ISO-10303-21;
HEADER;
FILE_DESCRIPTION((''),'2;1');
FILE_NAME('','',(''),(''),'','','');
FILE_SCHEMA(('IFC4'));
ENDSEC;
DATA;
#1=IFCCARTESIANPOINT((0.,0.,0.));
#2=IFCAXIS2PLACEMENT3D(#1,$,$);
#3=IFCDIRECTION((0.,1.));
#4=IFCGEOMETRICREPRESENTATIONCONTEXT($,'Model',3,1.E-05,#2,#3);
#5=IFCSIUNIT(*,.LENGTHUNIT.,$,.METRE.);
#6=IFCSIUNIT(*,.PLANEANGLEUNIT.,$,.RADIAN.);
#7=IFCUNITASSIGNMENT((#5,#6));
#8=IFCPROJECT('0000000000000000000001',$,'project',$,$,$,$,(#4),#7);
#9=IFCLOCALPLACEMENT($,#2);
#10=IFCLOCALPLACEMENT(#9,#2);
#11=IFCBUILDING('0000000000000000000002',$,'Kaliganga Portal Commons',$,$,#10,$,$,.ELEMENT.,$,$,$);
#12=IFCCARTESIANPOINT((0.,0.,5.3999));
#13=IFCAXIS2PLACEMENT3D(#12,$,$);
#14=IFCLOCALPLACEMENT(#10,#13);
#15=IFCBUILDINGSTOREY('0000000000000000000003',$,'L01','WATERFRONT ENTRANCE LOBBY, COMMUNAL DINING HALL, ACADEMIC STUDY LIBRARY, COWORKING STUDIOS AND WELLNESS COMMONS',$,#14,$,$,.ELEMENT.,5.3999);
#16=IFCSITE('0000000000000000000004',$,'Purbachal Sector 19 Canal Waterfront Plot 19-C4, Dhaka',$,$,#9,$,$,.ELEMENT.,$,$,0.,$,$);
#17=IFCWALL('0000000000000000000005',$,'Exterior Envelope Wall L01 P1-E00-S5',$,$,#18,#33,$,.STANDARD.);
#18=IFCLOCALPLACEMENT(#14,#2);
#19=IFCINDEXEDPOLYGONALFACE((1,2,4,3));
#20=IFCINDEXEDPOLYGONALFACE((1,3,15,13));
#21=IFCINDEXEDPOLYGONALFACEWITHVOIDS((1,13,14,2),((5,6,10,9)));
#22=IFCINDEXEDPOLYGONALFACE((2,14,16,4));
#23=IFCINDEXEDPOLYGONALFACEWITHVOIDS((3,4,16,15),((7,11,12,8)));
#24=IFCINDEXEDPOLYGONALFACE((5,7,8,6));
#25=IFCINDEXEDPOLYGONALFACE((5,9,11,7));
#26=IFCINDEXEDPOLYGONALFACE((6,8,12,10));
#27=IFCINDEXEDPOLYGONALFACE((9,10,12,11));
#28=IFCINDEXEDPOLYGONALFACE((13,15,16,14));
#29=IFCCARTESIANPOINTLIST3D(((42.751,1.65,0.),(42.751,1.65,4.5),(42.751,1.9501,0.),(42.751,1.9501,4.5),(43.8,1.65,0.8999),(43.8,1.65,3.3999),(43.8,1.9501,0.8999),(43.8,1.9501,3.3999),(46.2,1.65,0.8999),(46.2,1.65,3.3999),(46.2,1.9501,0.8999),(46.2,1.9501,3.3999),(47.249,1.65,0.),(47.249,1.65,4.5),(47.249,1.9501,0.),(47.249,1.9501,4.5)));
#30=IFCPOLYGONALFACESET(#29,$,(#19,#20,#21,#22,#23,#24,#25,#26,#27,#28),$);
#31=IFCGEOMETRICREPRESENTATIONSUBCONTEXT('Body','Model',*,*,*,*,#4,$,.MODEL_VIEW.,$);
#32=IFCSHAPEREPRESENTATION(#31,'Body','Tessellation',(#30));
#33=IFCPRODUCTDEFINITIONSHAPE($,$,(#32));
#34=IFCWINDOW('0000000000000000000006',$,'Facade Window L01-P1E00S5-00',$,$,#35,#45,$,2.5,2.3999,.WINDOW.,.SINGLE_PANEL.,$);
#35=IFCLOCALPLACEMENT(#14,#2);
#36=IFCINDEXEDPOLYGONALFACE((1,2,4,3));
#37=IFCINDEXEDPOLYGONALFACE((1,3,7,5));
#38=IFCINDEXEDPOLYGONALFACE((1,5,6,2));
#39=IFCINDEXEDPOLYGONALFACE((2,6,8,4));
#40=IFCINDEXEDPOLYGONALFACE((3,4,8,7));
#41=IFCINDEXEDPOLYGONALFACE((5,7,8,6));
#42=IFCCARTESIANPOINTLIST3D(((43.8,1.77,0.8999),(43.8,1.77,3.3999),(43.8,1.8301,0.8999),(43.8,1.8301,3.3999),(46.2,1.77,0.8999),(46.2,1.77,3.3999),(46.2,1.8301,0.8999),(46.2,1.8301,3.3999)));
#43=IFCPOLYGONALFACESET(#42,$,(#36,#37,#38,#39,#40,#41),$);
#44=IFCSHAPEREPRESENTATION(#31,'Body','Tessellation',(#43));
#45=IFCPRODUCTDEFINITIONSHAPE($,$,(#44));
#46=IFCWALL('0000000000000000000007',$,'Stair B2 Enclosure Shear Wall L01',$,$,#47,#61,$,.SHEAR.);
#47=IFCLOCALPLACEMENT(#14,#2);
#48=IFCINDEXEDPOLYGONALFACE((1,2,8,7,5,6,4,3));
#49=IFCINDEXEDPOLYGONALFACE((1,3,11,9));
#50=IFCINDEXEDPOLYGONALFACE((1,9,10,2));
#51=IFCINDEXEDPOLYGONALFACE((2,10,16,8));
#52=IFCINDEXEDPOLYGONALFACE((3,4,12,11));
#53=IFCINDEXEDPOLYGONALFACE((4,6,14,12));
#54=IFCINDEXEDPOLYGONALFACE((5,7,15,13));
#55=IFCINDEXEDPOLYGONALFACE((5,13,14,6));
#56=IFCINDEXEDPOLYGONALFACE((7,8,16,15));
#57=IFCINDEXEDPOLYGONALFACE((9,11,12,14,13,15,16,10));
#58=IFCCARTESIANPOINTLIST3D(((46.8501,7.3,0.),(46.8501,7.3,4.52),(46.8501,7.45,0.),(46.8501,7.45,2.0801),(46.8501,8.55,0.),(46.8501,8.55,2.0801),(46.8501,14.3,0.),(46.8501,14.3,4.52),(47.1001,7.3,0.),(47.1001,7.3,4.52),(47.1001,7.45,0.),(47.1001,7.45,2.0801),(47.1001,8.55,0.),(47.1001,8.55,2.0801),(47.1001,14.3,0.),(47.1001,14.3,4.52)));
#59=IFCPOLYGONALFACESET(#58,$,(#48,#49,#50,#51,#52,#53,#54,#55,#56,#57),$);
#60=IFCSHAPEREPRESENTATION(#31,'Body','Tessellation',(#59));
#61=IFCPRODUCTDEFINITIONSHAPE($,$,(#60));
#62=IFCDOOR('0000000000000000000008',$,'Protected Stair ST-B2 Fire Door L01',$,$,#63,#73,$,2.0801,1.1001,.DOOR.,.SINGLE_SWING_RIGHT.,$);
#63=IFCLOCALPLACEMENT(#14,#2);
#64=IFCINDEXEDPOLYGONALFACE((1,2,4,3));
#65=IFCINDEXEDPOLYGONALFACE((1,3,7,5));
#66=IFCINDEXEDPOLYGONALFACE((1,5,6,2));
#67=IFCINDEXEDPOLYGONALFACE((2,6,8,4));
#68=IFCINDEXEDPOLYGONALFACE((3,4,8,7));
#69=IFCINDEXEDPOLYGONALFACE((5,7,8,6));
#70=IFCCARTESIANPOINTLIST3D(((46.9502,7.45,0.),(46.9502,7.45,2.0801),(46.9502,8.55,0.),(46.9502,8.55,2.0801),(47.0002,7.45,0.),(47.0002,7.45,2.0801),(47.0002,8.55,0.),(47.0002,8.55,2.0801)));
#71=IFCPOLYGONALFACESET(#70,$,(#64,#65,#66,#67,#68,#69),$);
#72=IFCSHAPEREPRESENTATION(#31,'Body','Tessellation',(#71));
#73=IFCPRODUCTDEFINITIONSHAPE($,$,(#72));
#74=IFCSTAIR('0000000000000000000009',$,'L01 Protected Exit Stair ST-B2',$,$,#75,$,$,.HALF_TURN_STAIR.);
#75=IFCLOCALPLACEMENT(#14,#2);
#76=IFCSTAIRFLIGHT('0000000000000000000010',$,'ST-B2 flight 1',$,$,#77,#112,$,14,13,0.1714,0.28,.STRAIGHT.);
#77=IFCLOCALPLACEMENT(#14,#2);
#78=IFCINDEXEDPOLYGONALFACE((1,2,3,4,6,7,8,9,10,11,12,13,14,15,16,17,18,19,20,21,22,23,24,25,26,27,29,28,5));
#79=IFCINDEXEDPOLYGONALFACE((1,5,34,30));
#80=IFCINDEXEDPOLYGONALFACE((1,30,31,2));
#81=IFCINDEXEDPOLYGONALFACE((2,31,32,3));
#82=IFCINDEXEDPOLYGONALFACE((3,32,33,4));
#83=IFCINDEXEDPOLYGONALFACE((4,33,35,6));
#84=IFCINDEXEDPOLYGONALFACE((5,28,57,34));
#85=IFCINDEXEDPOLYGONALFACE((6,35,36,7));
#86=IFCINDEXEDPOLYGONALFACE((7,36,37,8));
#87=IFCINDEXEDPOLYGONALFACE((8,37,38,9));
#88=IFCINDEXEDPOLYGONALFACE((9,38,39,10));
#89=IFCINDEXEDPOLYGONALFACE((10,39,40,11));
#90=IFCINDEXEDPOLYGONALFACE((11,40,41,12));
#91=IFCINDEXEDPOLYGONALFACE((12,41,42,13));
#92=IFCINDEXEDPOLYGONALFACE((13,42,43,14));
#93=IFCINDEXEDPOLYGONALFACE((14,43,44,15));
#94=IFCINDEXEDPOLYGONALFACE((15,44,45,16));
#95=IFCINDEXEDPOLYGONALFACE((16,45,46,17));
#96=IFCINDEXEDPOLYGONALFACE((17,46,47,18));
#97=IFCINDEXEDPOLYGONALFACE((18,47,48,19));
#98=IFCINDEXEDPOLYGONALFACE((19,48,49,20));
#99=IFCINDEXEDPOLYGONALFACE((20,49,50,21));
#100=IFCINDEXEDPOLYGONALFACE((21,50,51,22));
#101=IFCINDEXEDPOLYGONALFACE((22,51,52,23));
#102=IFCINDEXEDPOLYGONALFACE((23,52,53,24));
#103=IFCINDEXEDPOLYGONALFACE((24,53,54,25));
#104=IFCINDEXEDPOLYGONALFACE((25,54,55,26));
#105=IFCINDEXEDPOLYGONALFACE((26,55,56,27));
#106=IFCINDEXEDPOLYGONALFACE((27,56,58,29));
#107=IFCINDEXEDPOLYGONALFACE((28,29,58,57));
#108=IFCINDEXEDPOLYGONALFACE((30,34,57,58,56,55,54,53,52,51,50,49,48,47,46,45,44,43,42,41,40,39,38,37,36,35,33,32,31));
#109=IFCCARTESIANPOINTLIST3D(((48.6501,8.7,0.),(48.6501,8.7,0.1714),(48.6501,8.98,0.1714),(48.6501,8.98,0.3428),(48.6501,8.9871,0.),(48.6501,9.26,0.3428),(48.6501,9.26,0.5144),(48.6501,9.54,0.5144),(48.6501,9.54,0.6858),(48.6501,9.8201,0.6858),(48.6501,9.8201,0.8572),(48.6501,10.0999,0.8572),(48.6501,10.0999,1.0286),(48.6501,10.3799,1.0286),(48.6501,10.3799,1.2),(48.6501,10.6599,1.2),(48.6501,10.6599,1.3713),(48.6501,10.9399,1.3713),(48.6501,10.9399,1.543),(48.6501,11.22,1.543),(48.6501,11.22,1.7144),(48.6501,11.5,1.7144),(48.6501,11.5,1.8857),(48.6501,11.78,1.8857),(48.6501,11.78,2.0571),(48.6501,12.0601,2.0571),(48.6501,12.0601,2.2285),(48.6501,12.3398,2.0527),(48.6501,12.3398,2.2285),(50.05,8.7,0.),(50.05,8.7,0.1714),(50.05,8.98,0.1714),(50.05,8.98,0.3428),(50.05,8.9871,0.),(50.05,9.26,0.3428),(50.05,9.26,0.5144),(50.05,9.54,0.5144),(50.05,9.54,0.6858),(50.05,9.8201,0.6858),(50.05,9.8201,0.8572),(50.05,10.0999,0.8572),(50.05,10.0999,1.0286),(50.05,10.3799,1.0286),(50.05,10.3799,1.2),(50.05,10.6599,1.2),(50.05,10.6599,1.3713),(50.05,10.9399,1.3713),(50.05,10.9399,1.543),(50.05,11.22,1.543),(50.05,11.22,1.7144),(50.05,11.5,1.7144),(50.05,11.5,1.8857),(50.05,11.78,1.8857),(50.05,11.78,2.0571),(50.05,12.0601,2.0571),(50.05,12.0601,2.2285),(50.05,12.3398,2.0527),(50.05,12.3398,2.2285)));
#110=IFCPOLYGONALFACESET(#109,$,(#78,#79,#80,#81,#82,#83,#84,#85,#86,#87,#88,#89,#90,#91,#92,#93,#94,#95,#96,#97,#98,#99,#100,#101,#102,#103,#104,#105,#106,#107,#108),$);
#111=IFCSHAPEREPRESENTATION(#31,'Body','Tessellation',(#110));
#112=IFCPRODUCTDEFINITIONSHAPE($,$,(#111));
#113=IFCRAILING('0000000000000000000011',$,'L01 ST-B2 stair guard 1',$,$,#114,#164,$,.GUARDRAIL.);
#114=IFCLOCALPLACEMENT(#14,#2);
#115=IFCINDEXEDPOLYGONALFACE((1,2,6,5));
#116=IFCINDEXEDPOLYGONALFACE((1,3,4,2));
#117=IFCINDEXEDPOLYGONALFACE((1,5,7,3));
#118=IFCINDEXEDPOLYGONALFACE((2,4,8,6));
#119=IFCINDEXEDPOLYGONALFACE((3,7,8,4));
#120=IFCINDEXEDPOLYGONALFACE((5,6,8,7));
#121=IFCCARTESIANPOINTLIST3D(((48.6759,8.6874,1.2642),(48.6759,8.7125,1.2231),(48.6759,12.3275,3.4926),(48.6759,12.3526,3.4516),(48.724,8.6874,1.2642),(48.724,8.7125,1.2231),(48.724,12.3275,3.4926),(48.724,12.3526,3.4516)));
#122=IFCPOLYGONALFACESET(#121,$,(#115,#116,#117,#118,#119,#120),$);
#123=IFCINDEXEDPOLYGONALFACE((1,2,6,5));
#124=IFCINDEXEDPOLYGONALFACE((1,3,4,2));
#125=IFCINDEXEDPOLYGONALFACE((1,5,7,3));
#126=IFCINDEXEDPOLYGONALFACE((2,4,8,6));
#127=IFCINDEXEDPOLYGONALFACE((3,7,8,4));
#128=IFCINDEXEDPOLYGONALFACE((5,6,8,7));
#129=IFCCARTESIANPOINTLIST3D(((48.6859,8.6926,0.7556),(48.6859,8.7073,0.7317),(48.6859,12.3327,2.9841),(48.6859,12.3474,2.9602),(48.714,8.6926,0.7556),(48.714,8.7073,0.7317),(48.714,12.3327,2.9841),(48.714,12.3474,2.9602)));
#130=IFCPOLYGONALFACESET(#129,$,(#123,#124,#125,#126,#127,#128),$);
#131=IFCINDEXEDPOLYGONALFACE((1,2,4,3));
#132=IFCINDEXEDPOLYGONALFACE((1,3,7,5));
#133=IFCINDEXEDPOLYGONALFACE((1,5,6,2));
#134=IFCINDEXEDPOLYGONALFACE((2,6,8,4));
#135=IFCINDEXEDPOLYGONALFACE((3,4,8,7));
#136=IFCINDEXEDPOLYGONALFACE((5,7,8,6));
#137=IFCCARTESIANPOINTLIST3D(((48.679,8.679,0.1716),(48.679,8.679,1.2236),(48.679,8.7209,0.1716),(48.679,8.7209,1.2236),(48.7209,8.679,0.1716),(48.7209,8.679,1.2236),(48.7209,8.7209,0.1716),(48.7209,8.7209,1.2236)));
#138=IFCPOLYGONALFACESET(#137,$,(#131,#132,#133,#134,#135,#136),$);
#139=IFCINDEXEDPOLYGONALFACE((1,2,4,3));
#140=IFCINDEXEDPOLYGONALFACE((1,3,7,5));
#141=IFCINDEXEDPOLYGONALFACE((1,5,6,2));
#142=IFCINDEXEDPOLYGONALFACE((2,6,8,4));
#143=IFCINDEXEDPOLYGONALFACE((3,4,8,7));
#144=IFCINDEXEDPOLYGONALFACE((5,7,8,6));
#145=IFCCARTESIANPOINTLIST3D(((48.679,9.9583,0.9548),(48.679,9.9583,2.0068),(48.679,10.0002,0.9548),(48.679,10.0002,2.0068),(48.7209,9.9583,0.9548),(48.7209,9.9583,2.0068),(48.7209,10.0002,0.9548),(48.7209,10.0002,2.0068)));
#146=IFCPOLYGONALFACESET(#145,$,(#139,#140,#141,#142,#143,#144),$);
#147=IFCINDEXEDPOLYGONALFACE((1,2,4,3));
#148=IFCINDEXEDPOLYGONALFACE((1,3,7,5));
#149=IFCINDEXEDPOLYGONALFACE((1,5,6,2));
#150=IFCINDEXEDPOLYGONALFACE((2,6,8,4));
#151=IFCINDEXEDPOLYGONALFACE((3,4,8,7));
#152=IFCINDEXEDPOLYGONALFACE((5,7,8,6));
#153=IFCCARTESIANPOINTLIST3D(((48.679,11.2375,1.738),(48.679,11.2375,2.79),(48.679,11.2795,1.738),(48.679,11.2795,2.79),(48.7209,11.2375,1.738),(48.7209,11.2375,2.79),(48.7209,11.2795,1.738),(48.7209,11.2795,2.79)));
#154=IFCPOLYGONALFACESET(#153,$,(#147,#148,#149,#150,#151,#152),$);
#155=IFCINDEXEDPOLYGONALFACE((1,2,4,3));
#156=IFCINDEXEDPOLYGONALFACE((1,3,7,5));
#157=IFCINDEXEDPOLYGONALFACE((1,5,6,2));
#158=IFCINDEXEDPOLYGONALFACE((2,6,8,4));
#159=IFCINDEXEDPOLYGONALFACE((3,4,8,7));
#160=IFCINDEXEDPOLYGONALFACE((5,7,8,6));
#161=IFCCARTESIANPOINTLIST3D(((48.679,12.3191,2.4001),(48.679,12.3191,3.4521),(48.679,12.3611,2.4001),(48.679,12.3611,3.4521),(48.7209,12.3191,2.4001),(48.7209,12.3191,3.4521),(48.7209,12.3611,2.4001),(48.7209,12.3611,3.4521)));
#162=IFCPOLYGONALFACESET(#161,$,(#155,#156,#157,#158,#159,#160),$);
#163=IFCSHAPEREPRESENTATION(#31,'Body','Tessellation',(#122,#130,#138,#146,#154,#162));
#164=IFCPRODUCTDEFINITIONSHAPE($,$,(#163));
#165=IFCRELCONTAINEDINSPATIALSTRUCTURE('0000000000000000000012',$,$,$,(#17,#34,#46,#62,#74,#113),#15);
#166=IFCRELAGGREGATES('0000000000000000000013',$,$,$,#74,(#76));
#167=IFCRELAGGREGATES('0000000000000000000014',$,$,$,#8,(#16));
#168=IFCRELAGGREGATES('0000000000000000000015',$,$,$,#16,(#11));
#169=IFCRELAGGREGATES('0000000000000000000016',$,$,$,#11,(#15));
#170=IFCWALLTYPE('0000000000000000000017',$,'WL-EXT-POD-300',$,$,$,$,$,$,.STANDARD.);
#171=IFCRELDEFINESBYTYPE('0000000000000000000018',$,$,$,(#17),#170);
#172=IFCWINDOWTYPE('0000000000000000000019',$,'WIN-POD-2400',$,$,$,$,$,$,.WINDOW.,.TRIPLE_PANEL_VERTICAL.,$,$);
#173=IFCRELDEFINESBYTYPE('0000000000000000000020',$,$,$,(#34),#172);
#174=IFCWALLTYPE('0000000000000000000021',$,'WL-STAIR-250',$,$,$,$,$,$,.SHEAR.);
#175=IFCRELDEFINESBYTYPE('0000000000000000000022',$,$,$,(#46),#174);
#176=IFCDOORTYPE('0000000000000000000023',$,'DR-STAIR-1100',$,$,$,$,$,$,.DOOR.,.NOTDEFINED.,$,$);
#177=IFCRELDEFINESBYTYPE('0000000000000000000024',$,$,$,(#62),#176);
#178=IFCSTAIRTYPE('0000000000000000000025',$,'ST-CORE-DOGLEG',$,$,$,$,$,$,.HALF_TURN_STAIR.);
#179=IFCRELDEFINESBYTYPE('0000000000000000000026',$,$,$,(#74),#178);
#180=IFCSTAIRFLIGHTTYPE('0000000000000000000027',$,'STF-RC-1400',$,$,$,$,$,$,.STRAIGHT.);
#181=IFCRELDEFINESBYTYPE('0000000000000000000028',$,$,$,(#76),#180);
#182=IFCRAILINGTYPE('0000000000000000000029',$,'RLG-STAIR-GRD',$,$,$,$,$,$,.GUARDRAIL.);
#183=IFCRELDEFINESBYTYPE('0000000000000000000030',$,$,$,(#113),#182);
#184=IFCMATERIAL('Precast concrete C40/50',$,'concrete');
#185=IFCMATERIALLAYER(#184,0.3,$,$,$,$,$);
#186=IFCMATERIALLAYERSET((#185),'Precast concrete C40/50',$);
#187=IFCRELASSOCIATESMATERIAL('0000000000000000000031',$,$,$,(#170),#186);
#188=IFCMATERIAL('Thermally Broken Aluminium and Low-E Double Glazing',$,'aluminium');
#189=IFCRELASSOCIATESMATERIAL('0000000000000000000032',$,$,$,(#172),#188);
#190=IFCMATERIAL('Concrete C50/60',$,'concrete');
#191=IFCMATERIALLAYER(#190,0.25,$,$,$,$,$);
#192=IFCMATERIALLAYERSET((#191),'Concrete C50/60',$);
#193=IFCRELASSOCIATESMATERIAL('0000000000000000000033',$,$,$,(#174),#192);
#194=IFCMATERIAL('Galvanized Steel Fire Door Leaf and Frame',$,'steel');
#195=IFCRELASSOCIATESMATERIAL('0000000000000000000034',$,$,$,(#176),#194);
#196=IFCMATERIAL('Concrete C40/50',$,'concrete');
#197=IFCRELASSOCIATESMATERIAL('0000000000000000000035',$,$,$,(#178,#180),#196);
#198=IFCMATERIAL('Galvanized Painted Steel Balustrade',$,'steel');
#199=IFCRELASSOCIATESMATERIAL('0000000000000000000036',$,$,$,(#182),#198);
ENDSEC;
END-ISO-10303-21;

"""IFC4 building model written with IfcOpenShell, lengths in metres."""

from ifc_helpers import new_model, si_unit, direction, frame, frame_2d, origin, origin_2d, place, context, subcontext, project, spatial, polyline, rectangle, outline, extrude, material, layer, layer_set, type_object, element, fill, aggregate, save


model = new_model("IFC4")

# Units and contexts
model_context = context("Model", 3, precision=1e-05, world=origin(), true_north=direction((0.0, 1.0)))
body_context = subcontext(model_context, "Body", "Model", "MODEL_VIEW")
ifc_project = project(units=[si_unit("LENGTHUNIT", "METRE"), si_unit("PLANEANGLEUNIT", "RADIAN")], contexts=[model_context])

# Site, building, storey
site_placement = place(None, origin())
site = spatial("IfcSite", under=ifc_project, at=site_placement, Name="Purbachal Sector 19 Canal Waterfront Plot 19-C4, Dhaka", CompositionType="ELEMENT", RefElevation=0.0)
building_placement = place(site_placement, origin())
building = spatial("IfcBuilding", under=site, at=building_placement, Name="Kaliganga Portal Commons", CompositionType="ELEMENT")
storey_placement = place(building_placement, frame((0.0, 0.0, 5.3999)))
storey = spatial("IfcBuildingStorey", under=building, at=storey_placement, Name="L01", Description="WATERFRONT ENTRANCE LOBBY, COMMUNAL DINING HALL, ACADEMIC STUDY LIBRARY, COWORKING STUDIOS AND WELLNESS COMMONS", CompositionType="ELEMENT", Elevation=5.3999)

# Wall, opening, window
ifc_material_1 = material(Name="Precast concrete C40/50", Category="concrete")
ifc_layer_1 = layer(ifc_material_1, 0.3)
ifc_layer_set_1 = layer_set([ifc_layer_1], Name="Precast concrete C40/50")
wall_type_1 = type_object("IfcWallType", Name="WL-EXT-POD-300", PredefinedType="STANDARD", material=ifc_layer_set_1)
wall_1_placement = place(storey_placement, frame((47.249, 1.8, 0.0), z_axis=(0.0, 0.0, 1.0), x_axis=(-1.0, 0.0, 0.0)))
wall_1 = element("IfcWall", 1, at=wall_1_placement, inside=storey, type_object=wall_type_1, Name="Exterior Envelope Wall L01 P1-E00-S5", PredefinedType="STANDARD", context=body_context, shape_type="SweptSolid", body=[
    extrude(rectangle(XDim=4.498, YDim=0.3, at=frame_2d((2.249, 0.0))), origin(), (0.0, 0.0, 1.0), 4.5),
])
opening_1_placement = place(wall_1_placement, frame((1.0491, 0.0, 0.8999)))
opening_1 = element("IfcOpeningElement", 2, at=opening_1_placement, cuts=wall_1, PredefinedType="OPENING", context=body_context, shape_type="SweptSolid", body=[
    extrude(rectangle(XDim=2.3999, YDim=2.5, at=frame_2d((1.2, 1.25))), frame((0.0, 0.1602, 0.0), z_axis=(0.0, -1.0, 0.0), x_axis=(1.0, 0.0, 0.0)), (0.0, 0.0, 1.0), 0.3201),
])
ifc_material_2 = material(Name="Thermally Broken Aluminium and Low-E Double Glazing", Category="aluminium")
window_type = type_object("IfcWindowType", Name="WIN-POD-2400", PartitioningType="TRIPLE_PANEL_VERTICAL", PredefinedType="WINDOW", material=ifc_material_2)
window_placement = place(opening_1_placement, origin())
window = element("IfcWindow", 3, at=window_placement, inside=storey, type_object=window_type, Name="Facade Window L01-P1E00S5-00", OverallHeight=2.5, OverallWidth=2.3999, PartitioningType="SINGLE_PANEL", PredefinedType="WINDOW", context=body_context, shape_type="SweptSolid", body=[
    extrude(rectangle(XDim=2.3999, YDim=2.5, at=frame_2d((1.2, 1.25))), frame((0.0, 0.03, 0.0), z_axis=(0.0, -1.0, 0.0), x_axis=(1.0, 0.0, 0.0)), (0.0, 0.0, 1.0), 0.0601),
])
fill(opening_1, window)

# Wall, opening, door
ifc_material_3 = material(Name="Concrete C50/60", Category="concrete")
ifc_layer_2 = layer(ifc_material_3, 0.25)
ifc_layer_set_2 = layer_set([ifc_layer_2], Name="Concrete C50/60")
wall_type_2 = type_object("IfcWallType", Name="WL-STAIR-250", PredefinedType="SHEAR", material=ifc_layer_set_2)
wall_2_placement = place(storey_placement, frame((46.9751, 7.3, 0.0), z_axis=(0.0, 0.0, 1.0), x_axis=(0.0, 1.0, 0.0)))
wall_2 = element("IfcWall", 4, at=wall_2_placement, inside=storey, type_object=wall_type_2, Name="Stair B2 Enclosure Shear Wall L01", PredefinedType="SHEAR", context=body_context, shape_type="SweptSolid", body=[
    extrude(rectangle(XDim=7.0, YDim=0.25, at=frame_2d((3.5, 0.0))), origin(), (0.0, 0.0, 1.0), 4.52),
])
opening_2_placement = place(wall_2_placement, frame((0.1499, 0.0, 0.0)))
opening_2 = element("IfcOpeningElement", 5, at=opening_2_placement, cuts=wall_2, PredefinedType="OPENING", context=body_context, shape_type="SweptSolid", body=[
    extrude(rectangle(XDim=1.1001, YDim=2.0801, at=frame_2d((0.55, 1.04))), frame((0.0, 0.135, 0.0), z_axis=(0.0, -1.0, 0.0), x_axis=(1.0, 0.0, 0.0)), (0.0, 0.0, 1.0), 0.27),
])
ifc_material_4 = material(Name="Galvanized Steel Fire Door Leaf and Frame", Category="steel")
door_type_1 = type_object("IfcDoorType", Name="DR-STAIR-1100", OperationType="NOTDEFINED", PredefinedType="DOOR", material=ifc_material_4)
door_1_placement = place(opening_2_placement, origin())
door_1 = element("IfcDoor", 6, at=door_1_placement, inside=storey, type_object=door_type_1, Name="Protected Stair ST-B2 Fire Door L01", OperationType="SINGLE_SWING_RIGHT", OverallHeight=2.0801, OverallWidth=1.1001, PredefinedType="DOOR", context=body_context, shape_type="SweptSolid", body=[
    extrude(rectangle(XDim=1.1001, YDim=2.0801, at=frame_2d((0.55, 1.04))), frame((0.0, 0.0249, 0.0), z_axis=(0.0, -1.0, 0.0), x_axis=(1.0, 0.0, 0.0)), (0.0, 0.0, 1.0), 0.05),
])
fill(opening_2, door_1)

# Stair, stair flight
ifc_material_5 = material(Name="Concrete C40/50", Category="concrete")
stair_type = type_object("IfcStairType", Name="ST-CORE-DOGLEG", PredefinedType="HALF_TURN_STAIR", material=ifc_material_5)
stair_placement = place(storey_placement, origin())
stair = element("IfcStair", 7, at=stair_placement, inside=storey, type_object=stair_type, Name="L01 Protected Exit Stair ST-B2", PredefinedType="HALF_TURN_STAIR")
stair_flight_type = type_object("IfcStairFlightType", Name="STF-RC-1400", PredefinedType="STRAIGHT", material=ifc_material_5)
stair_flight_placement = place(storey_placement, frame((49.3501, 8.7, 0.0), z_axis=(0.0, 0.0, 1.0), x_axis=(0.0, 1.0, 0.0)))
stair_flight = element("IfcStairFlight", 8, at=stair_flight_placement, type_object=stair_flight_type, Name="ST-B2 flight 1", NumberOfRisers=14, NumberOfTreads=13, PredefinedType="STRAIGHT", RiserHeight=0.1714, TreadLength=0.28, context=body_context, shape_type="SweptSolid", body=[
    extrude(outline(polyline([(0.0, 0.0), (0.0, 0.1714), (0.28, 0.1714), (0.28, 0.3428), (0.5601, 0.3428), (0.5601, 0.5144), (0.8401, 0.5144), (0.8401, 0.6858), (1.1201, 0.6858), (1.1201, 0.8572), (1.3999, 0.8572), (1.3999, 1.0286), (1.6799, 1.0286), (1.6799, 1.2), (1.96, 1.2), (1.96, 1.3713), (2.24, 1.3713), (2.24, 1.543), (2.52, 1.543), (2.52, 1.7144), (2.8, 1.7144), (2.8, 1.8857), (3.0801, 1.8857), (3.0801, 2.0571), (3.3601, 2.0571), (3.3601, 2.2285), (3.6399, 2.2285), (3.6399, 2.3999), (3.6399, 2.0527), (0.2871, 0.0), (0.0, 0.0)])), frame((0.0, 0.7, 0.0), z_axis=(0.0, -1.0, 0.0), x_axis=(1.0, 0.0, 0.0)), (0.0, 0.0, 1.0), 1.3999),
])
aggregate(stair, [stair_flight])

# Railing
ifc_material_6 = material(Name="Galvanized Painted Steel Balustrade", Category="steel")
railing_type_1 = type_object("IfcRailingType", Name="RLG-STAIR-GRD", PredefinedType="GUARDRAIL", material=ifc_material_6)
railing_1_placement = place(storey_placement, frame((48.7, 8.7, 0.1716)))
element("IfcRailing", 9, at=railing_1_placement, inside=storey, type_object=railing_type_1, Name="L01 ST-B2 stair guard 1", PredefinedType="GUARDRAIL", context=body_context, shape_type="SweptSolid", body=[
    extrude(rectangle(XDim=0.0481, YDim=0.0481, at=origin_2d()), frame((0.0, 0.0, 1.072), z_axis=(0.0, 0.852866, 0.52213), x_axis=(-1.0, 0.0, 0.0)), (0.0, 0.0, 1.0), 4.2681),
    extrude(rectangle(XDim=0.0281, YDim=0.0281, at=origin_2d()), frame((0.0, 0.0, 0.572), z_axis=(0.0, 0.852866, 0.52213), x_axis=(-1.0, 0.0, 0.0)), (0.0, 0.0, 1.0), 4.2681),
    extrude(rectangle(XDim=0.042, YDim=0.042, at=origin_2d()), origin(), (0.0, 0.0, 1.0), 1.052),
    extrude(rectangle(XDim=0.042, YDim=0.042, at=origin_2d()), frame((0.0, 1.2793, 0.7832)), (0.0, 0.0, 1.0), 1.052),
    extrude(rectangle(XDim=0.042, YDim=0.042, at=origin_2d()), frame((0.0, 2.5586, 1.5664)), (0.0, 0.0, 1.0), 1.052),
    extrude(rectangle(XDim=0.042, YDim=0.042, at=origin_2d()), frame((0.0, 3.6401, 2.2285)), (0.0, 0.0, 1.0), 1.052),
])

save(model, "model.ifc")
